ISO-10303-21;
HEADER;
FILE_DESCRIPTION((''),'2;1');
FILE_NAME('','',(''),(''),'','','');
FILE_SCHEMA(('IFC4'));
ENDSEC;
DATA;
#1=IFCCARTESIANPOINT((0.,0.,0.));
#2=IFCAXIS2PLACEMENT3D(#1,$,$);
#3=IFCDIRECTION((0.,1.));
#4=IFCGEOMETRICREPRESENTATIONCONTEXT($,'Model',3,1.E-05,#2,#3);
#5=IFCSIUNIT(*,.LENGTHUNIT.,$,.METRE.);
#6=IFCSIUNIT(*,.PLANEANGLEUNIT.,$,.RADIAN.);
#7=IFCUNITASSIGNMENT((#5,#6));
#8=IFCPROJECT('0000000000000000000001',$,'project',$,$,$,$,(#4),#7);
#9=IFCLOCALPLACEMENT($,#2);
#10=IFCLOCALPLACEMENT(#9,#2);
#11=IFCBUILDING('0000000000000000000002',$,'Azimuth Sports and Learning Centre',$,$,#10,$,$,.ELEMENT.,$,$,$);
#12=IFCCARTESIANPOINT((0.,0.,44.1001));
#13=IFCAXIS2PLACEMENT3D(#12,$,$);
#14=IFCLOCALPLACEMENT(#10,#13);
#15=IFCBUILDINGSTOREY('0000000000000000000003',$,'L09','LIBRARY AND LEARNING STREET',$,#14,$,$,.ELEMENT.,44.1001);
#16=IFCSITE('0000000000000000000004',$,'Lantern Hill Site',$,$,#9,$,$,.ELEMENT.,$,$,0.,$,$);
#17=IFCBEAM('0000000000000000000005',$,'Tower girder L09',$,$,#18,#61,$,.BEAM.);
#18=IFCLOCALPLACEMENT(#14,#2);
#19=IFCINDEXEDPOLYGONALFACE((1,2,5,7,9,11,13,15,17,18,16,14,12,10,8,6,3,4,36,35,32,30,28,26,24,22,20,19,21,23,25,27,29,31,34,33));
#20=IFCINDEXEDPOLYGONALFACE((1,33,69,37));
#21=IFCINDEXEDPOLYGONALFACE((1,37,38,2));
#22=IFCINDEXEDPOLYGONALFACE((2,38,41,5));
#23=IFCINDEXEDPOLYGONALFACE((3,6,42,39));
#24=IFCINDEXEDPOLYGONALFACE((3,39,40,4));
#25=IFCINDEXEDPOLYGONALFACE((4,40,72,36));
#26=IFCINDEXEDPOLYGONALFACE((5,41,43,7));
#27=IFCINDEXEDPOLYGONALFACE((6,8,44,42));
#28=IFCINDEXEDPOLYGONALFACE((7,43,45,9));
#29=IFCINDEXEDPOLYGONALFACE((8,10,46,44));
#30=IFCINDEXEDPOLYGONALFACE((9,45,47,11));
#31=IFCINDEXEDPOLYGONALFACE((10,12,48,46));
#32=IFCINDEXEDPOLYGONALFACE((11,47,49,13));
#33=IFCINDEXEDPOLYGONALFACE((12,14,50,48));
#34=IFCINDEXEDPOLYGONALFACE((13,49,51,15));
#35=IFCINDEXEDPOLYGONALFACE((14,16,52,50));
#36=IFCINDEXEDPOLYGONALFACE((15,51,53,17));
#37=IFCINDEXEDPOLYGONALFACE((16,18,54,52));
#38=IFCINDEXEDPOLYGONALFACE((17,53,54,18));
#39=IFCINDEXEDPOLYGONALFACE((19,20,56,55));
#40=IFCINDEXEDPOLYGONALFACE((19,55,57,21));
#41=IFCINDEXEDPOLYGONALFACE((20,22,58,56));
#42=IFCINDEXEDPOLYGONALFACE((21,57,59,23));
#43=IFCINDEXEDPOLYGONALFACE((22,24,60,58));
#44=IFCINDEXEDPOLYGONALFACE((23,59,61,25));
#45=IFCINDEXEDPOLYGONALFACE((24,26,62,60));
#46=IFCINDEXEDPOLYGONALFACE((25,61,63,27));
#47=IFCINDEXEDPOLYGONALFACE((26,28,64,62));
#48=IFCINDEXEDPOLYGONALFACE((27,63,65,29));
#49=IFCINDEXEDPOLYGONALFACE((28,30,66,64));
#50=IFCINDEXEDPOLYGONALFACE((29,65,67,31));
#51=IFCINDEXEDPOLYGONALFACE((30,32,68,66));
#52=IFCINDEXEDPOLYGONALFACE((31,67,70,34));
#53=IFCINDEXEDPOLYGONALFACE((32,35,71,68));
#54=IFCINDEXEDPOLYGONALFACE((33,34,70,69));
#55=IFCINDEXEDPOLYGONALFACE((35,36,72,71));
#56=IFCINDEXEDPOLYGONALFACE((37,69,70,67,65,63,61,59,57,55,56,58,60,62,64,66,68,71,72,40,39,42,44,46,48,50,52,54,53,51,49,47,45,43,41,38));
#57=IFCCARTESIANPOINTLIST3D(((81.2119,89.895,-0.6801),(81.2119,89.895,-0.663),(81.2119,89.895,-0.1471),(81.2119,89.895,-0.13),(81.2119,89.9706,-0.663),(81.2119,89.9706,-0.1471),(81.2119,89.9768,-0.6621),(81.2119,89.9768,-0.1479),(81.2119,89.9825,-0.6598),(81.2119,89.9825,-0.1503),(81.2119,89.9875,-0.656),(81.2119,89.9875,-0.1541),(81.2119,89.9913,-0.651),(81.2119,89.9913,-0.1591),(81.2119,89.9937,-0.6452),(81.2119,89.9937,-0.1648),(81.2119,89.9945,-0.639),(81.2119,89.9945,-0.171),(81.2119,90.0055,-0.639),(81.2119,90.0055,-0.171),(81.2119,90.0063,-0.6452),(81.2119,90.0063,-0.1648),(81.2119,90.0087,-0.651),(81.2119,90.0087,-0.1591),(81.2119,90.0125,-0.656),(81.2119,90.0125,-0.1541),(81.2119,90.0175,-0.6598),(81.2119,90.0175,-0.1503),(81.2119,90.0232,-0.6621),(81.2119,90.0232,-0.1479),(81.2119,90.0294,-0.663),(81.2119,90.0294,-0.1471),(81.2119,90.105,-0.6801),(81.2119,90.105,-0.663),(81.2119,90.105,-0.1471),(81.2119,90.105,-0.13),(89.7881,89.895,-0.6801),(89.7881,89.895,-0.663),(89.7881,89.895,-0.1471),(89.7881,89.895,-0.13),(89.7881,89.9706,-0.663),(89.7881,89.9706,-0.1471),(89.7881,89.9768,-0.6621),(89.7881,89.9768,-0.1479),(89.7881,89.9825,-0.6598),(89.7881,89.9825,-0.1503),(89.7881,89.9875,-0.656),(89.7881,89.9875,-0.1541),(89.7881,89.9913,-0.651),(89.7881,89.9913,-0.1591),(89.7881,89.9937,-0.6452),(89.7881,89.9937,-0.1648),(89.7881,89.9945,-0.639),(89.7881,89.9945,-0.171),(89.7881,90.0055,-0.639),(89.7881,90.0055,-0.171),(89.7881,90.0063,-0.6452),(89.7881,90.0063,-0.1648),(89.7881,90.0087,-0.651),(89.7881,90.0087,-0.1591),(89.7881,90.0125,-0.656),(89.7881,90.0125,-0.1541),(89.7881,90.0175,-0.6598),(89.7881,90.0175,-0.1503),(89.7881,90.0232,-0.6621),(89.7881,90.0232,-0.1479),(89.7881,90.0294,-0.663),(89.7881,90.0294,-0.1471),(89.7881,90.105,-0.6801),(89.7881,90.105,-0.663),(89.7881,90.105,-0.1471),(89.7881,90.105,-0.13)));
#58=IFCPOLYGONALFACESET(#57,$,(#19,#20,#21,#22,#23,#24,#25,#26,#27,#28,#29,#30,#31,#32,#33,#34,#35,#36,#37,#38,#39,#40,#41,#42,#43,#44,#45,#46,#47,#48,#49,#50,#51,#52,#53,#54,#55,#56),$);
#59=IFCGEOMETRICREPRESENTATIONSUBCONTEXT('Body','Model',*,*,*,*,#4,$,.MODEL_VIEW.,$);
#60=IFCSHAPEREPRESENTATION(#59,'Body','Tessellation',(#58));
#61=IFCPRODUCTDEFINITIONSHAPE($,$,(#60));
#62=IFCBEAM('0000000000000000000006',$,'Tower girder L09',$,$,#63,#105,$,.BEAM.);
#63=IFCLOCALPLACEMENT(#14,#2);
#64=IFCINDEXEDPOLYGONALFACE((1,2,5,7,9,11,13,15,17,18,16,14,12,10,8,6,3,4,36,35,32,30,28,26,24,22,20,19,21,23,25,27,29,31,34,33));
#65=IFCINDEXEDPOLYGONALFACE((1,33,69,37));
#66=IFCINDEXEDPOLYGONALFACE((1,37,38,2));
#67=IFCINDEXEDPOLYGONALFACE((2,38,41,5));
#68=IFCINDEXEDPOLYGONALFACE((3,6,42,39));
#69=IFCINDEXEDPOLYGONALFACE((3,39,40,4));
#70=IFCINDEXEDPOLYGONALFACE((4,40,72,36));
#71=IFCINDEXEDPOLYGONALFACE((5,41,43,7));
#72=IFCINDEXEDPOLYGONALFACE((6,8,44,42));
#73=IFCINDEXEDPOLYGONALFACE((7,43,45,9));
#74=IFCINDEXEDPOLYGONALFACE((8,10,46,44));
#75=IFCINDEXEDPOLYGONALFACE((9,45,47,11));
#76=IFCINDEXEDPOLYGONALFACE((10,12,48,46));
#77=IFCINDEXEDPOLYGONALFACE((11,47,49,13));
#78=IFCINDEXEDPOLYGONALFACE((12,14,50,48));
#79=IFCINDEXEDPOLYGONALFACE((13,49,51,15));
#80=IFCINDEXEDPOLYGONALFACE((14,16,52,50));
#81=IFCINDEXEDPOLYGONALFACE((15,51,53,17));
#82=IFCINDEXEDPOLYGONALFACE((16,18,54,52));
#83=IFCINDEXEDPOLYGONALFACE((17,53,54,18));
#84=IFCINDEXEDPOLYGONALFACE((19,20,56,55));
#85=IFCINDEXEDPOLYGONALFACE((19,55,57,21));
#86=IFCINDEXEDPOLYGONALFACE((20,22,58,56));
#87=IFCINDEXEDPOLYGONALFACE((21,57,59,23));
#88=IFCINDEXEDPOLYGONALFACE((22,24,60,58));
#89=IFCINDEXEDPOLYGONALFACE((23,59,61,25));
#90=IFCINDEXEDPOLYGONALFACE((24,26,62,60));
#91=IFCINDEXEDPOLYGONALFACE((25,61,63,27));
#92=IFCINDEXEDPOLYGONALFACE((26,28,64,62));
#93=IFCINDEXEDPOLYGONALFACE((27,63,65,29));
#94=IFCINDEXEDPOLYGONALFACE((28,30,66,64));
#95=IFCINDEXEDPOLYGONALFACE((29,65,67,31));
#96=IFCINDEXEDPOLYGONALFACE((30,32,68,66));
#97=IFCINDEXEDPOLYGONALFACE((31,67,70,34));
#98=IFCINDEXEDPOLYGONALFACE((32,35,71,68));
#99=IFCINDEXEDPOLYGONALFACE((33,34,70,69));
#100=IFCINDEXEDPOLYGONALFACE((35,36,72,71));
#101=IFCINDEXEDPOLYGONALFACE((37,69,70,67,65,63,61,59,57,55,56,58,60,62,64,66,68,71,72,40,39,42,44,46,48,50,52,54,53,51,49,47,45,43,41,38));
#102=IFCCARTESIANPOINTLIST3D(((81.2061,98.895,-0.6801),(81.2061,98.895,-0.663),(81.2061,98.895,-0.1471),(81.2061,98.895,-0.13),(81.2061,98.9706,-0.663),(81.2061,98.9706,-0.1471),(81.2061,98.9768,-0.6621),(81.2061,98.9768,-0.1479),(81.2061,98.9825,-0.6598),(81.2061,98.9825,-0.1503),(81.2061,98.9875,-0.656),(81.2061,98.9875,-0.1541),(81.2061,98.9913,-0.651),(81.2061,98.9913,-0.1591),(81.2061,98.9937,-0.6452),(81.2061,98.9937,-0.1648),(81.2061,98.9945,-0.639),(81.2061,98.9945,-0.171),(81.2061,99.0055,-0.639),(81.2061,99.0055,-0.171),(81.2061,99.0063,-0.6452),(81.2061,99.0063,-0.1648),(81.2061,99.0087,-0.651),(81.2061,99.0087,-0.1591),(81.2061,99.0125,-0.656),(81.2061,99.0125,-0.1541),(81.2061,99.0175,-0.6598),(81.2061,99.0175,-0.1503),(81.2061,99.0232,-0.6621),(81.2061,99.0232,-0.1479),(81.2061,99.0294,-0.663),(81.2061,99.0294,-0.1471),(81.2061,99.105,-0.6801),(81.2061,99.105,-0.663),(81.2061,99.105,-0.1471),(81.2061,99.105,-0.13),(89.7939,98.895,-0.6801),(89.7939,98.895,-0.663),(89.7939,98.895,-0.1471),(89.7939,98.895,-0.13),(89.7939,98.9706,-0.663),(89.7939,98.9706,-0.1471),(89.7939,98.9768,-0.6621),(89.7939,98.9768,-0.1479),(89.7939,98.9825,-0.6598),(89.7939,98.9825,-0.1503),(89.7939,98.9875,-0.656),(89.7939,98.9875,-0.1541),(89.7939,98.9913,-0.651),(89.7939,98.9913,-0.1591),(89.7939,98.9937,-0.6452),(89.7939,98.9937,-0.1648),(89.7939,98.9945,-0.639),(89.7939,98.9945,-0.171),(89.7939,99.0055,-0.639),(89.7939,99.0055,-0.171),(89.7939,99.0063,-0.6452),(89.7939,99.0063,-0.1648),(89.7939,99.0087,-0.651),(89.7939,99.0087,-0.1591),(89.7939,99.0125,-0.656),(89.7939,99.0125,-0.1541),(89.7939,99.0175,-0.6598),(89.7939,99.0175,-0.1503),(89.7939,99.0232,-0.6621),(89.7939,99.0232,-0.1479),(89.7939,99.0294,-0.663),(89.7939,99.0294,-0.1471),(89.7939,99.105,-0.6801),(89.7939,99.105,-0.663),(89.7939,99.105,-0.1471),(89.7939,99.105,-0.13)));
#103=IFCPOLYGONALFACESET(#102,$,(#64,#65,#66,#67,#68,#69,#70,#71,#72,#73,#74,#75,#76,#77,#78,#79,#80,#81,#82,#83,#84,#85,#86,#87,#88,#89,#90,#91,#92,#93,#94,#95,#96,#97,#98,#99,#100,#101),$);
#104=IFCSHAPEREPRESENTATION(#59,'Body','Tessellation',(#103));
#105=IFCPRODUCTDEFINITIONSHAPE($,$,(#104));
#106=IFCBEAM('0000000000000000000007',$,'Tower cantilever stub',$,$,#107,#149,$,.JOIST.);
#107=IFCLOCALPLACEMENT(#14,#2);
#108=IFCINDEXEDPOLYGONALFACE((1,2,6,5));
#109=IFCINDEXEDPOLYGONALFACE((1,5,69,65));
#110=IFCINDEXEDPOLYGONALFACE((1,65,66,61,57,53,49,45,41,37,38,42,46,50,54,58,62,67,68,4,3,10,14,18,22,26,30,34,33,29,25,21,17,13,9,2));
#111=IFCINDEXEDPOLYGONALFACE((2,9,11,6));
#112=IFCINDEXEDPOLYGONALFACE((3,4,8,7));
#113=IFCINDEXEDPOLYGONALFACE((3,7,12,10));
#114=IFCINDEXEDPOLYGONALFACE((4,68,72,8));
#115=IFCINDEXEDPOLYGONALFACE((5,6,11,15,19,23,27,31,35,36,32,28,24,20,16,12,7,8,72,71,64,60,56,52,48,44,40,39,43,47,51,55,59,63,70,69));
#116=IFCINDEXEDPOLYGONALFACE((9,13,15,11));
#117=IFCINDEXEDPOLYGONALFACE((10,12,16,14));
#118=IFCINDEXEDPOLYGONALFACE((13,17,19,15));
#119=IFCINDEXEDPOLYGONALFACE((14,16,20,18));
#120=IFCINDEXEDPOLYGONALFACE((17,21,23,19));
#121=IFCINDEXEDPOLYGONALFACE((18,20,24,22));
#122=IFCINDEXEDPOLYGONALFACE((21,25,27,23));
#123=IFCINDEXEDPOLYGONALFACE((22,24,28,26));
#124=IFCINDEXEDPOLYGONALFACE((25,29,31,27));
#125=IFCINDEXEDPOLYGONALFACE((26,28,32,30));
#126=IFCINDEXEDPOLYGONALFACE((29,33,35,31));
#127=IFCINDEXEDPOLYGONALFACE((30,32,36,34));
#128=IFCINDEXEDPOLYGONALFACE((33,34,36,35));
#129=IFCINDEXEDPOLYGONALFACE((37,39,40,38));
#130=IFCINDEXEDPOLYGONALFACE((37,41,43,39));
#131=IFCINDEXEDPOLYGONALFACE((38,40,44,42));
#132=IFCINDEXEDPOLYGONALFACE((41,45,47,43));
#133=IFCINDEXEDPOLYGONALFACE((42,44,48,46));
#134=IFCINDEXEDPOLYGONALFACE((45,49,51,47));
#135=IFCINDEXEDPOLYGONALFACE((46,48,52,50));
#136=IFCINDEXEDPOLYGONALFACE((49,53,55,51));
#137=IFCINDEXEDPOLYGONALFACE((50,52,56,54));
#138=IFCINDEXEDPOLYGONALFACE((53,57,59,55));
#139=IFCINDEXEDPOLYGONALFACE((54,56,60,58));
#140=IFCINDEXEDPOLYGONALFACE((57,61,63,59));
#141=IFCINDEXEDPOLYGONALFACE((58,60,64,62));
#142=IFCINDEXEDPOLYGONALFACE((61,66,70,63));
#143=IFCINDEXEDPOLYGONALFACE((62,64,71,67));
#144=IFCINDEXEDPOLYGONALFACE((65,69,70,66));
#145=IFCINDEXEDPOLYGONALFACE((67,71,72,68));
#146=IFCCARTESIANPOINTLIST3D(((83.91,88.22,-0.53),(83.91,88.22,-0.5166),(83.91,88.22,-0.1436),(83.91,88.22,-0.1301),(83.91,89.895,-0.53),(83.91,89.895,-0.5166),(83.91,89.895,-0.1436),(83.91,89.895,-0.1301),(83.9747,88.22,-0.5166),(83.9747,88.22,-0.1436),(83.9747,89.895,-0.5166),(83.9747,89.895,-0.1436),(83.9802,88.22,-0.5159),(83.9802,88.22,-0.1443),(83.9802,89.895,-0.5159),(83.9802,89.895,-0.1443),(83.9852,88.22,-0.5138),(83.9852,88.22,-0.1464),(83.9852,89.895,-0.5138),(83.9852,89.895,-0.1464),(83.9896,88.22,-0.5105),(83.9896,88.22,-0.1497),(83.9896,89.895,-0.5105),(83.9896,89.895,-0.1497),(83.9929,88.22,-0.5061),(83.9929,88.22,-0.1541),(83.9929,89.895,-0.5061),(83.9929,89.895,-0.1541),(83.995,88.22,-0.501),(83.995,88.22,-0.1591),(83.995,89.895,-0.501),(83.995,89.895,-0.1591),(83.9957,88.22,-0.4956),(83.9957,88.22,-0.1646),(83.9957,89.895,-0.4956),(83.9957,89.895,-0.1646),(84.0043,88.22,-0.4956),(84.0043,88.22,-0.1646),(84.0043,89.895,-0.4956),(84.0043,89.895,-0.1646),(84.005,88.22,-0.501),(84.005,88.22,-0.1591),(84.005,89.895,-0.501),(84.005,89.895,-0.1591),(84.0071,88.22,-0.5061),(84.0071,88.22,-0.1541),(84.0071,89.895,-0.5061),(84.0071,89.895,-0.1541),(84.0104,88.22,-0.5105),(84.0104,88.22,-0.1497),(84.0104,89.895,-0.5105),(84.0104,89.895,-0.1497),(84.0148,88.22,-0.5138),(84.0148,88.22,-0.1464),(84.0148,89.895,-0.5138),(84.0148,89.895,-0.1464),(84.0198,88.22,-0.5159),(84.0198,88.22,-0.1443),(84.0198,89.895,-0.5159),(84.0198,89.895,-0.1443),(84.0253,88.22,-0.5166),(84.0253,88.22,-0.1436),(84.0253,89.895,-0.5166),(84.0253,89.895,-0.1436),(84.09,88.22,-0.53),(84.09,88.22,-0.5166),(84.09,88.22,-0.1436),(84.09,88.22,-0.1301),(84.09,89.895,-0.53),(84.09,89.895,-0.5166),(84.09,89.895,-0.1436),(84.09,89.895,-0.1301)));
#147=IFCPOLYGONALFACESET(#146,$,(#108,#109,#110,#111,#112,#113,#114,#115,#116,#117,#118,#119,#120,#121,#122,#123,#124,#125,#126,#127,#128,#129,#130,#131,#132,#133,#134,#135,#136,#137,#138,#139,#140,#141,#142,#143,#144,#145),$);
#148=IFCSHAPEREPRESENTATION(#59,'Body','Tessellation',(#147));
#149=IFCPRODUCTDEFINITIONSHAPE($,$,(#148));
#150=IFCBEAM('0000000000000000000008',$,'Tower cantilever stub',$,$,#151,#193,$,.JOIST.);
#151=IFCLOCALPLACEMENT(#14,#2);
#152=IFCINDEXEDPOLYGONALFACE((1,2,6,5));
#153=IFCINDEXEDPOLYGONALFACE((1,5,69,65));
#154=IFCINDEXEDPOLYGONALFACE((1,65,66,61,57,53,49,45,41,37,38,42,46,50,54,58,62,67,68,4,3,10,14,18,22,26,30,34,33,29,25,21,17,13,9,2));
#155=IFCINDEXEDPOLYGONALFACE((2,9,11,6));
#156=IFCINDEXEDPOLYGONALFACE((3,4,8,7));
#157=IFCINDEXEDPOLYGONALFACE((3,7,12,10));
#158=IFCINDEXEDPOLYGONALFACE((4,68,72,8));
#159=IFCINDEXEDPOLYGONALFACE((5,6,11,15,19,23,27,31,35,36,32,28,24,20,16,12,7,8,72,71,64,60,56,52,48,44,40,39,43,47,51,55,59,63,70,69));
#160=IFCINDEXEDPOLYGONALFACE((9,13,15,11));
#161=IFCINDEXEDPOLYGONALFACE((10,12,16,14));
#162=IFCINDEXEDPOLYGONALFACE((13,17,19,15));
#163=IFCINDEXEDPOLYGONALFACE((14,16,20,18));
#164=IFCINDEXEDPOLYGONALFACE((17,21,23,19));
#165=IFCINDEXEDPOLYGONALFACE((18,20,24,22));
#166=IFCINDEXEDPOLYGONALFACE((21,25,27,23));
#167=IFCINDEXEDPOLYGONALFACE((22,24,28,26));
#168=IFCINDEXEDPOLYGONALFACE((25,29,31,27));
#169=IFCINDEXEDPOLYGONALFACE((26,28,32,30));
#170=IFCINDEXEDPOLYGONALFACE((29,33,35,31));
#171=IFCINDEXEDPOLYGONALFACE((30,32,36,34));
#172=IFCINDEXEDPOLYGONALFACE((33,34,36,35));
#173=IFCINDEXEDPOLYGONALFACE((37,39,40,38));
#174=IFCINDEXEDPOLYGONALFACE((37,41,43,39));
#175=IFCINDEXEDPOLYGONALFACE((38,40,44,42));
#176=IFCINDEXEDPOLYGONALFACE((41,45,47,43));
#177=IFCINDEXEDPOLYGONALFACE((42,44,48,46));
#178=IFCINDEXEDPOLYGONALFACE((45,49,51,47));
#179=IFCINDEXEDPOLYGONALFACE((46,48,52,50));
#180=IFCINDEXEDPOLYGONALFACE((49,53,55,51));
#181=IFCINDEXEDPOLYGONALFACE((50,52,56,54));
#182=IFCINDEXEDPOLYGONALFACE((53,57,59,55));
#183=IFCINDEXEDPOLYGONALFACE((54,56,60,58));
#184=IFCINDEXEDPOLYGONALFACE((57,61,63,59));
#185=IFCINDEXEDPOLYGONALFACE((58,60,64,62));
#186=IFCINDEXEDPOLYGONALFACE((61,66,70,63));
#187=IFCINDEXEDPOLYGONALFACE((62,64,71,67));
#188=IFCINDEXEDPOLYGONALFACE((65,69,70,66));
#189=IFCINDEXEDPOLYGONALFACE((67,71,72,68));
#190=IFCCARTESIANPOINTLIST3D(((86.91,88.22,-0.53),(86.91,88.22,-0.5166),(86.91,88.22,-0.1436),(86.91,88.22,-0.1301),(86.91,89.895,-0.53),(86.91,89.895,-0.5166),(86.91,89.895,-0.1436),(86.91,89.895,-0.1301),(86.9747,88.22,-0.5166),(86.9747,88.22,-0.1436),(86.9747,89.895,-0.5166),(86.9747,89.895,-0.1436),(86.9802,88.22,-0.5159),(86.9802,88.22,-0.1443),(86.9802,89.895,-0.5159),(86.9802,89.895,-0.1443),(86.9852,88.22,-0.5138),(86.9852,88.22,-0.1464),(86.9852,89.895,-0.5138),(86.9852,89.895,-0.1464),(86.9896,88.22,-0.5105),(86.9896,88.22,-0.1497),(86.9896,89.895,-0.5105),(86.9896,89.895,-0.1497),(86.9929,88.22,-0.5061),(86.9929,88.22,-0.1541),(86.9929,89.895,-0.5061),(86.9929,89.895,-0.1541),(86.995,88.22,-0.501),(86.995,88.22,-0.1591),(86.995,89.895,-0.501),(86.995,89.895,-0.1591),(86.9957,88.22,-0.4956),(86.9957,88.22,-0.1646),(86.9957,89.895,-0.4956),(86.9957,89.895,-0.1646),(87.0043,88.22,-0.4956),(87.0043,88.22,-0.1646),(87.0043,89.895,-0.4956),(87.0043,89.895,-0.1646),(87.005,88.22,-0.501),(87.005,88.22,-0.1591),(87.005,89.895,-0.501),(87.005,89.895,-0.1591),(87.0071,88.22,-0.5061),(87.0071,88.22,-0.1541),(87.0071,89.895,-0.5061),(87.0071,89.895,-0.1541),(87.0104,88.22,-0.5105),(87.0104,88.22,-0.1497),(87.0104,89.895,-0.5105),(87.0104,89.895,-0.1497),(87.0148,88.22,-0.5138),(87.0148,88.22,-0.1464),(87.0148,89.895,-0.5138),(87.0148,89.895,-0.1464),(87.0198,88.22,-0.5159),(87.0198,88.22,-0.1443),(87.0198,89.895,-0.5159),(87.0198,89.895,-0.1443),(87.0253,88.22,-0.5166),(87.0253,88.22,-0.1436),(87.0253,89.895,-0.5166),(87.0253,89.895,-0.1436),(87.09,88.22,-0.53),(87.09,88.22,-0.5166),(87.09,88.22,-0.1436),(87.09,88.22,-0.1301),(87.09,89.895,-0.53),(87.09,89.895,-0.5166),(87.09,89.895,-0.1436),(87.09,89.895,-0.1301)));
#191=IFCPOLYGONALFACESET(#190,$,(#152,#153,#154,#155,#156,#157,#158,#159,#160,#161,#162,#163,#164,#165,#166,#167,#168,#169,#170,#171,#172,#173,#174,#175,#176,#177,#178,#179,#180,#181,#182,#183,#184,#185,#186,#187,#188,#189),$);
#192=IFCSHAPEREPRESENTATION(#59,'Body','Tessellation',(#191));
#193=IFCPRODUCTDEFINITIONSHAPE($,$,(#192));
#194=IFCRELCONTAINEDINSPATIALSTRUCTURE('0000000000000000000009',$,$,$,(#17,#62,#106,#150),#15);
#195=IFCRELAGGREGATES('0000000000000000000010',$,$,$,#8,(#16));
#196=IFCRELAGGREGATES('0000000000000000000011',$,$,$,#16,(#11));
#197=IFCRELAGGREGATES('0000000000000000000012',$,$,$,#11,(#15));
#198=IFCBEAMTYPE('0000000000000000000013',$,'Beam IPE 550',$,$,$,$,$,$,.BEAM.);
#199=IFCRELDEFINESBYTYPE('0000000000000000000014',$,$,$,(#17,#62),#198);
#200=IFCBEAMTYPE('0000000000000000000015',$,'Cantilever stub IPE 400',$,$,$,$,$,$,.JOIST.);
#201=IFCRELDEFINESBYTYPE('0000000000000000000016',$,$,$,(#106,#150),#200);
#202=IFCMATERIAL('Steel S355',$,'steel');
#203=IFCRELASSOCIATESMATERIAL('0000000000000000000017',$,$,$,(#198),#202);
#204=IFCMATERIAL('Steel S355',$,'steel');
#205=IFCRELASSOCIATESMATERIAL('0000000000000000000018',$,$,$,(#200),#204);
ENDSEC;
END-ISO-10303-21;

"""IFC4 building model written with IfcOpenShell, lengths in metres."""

from ifc_helpers import new_model, si_unit, direction, frame, origin, origin_2d, place, context, subcontext, project, spatial, i_section, extrude, material, material_profile, profile_set, type_object, element, save


model = new_model("IFC4")

# Units and contexts
model_context = context("Model", 3, precision=1e-05, world=origin(), true_north=direction((0.0, 1.0)))
body_context = subcontext(model_context, "Body", "Model", "MODEL_VIEW")
ifc_project = project(units=[si_unit("LENGTHUNIT", "METRE"), si_unit("PLANEANGLEUNIT", "RADIAN")], contexts=[model_context])

# Site, building, storey
site_placement = place(None, origin())
site = spatial("IfcSite", under=ifc_project, at=site_placement, Name="Lantern Hill Site", CompositionType="ELEMENT", RefElevation=0.0)
building_placement = place(site_placement, origin())
building = spatial("IfcBuilding", under=site, at=building_placement, Name="Azimuth Sports and Learning Centre", CompositionType="ELEMENT")
storey_placement = place(building_placement, frame((0.0, 0.0, 44.1001)))
storey = spatial("IfcBuildingStorey", under=building, at=storey_placement, Name="L09", Description="LIBRARY AND LEARNING STREET", CompositionType="ELEMENT", Elevation=44.1001)

# Beams
ifc_material_1 = material(Name="Steel S355", Category="steel")
ifc_material_profile_1 = material_profile(ifc_material_1, i_section(OverallWidth=0.21, OverallDepth=0.55, WebThickness=0.011, FlangeThickness=0.0171, FilletRadius=0.0239, at=origin_2d()), Name="IPE 550")
ifc_profile_set_1 = profile_set([ifc_material_profile_1], Name="Steel S355")
beam_type_1 = type_object("IfcBeamType", Name="Beam IPE 550", PredefinedType="BEAM", material=ifc_profile_set_1)
beam_1_placement = place(storey_placement, frame((81.2119, 90.0, -0.405), z_axis=(1.0, 0.0, 0.0), x_axis=(0.0, 1.0, 0.0)))
element("IfcBeam", 1, at=beam_1_placement, inside=storey, type_object=beam_type_1, Name="Tower girder L09", PredefinedType="BEAM", context=body_context, shape_type="SweptSolid", body=[
    extrude(i_section(OverallWidth=0.21, OverallDepth=0.55, WebThickness=0.011, FlangeThickness=0.0171, FilletRadius=0.0239, at=origin_2d()), origin(), (0.0, 0.0, 1.0), 8.5762),
])
beam_2_placement = place(storey_placement, frame((81.2061, 99.0, -0.405), z_axis=(1.0, 0.0, 0.0), x_axis=(0.0, 1.0, 0.0)))
element("IfcBeam", 2, at=beam_2_placement, inside=storey, type_object=beam_type_1, Name="Tower girder L09", PredefinedType="BEAM", context=body_context, shape_type="SweptSolid", body=[
    extrude(i_section(OverallWidth=0.21, OverallDepth=0.55, WebThickness=0.011, FlangeThickness=0.0171, FilletRadius=0.0239, at=origin_2d()), origin(), (0.0, 0.0, 1.0), 8.5879),
])
ifc_material_2 = material(Name="Steel S355", Category="steel")
ifc_material_profile_2 = material_profile(ifc_material_2, i_section(OverallWidth=0.1799, OverallDepth=0.3999, WebThickness=0.0085, FlangeThickness=0.0134, FilletRadius=0.021, at=origin_2d()), Name="IPE 400")
ifc_profile_set_2 = profile_set([ifc_material_profile_2], Name="Steel S355")
beam_type_2 = type_object("IfcBeamType", Name="Cantilever stub IPE 400", PredefinedType="JOIST", material=ifc_profile_set_2)
for number, where, z_axis, x_axis, name in (
    (3, (84.0, 89.895, -0.3301), (0.0, -1.0, 0.0), (1.0, 0.0, 0.0), "Tower cantilever stub"),
    (4, (87.0, 89.895, -0.3301), (0.0, -1.0, 0.0), (1.0, 0.0, 0.0), "Tower cantilever stub"),
):
    element("IfcBeam", number, at=place(storey_placement, frame(where, z_axis=z_axis, x_axis=x_axis)), inside=storey, type_object=beam_type_2, Name=name, PredefinedType="JOIST", context=body_context, shape_type="SweptSolid", body=[
        extrude(i_section(OverallWidth=0.1799, OverallDepth=0.3999, WebThickness=0.0085, FlangeThickness=0.0134, FilletRadius=0.021, at=origin_2d()), origin(), (0.0, 0.0, 1.0), 1.675),
    ])

save(model, "model.ifc")
